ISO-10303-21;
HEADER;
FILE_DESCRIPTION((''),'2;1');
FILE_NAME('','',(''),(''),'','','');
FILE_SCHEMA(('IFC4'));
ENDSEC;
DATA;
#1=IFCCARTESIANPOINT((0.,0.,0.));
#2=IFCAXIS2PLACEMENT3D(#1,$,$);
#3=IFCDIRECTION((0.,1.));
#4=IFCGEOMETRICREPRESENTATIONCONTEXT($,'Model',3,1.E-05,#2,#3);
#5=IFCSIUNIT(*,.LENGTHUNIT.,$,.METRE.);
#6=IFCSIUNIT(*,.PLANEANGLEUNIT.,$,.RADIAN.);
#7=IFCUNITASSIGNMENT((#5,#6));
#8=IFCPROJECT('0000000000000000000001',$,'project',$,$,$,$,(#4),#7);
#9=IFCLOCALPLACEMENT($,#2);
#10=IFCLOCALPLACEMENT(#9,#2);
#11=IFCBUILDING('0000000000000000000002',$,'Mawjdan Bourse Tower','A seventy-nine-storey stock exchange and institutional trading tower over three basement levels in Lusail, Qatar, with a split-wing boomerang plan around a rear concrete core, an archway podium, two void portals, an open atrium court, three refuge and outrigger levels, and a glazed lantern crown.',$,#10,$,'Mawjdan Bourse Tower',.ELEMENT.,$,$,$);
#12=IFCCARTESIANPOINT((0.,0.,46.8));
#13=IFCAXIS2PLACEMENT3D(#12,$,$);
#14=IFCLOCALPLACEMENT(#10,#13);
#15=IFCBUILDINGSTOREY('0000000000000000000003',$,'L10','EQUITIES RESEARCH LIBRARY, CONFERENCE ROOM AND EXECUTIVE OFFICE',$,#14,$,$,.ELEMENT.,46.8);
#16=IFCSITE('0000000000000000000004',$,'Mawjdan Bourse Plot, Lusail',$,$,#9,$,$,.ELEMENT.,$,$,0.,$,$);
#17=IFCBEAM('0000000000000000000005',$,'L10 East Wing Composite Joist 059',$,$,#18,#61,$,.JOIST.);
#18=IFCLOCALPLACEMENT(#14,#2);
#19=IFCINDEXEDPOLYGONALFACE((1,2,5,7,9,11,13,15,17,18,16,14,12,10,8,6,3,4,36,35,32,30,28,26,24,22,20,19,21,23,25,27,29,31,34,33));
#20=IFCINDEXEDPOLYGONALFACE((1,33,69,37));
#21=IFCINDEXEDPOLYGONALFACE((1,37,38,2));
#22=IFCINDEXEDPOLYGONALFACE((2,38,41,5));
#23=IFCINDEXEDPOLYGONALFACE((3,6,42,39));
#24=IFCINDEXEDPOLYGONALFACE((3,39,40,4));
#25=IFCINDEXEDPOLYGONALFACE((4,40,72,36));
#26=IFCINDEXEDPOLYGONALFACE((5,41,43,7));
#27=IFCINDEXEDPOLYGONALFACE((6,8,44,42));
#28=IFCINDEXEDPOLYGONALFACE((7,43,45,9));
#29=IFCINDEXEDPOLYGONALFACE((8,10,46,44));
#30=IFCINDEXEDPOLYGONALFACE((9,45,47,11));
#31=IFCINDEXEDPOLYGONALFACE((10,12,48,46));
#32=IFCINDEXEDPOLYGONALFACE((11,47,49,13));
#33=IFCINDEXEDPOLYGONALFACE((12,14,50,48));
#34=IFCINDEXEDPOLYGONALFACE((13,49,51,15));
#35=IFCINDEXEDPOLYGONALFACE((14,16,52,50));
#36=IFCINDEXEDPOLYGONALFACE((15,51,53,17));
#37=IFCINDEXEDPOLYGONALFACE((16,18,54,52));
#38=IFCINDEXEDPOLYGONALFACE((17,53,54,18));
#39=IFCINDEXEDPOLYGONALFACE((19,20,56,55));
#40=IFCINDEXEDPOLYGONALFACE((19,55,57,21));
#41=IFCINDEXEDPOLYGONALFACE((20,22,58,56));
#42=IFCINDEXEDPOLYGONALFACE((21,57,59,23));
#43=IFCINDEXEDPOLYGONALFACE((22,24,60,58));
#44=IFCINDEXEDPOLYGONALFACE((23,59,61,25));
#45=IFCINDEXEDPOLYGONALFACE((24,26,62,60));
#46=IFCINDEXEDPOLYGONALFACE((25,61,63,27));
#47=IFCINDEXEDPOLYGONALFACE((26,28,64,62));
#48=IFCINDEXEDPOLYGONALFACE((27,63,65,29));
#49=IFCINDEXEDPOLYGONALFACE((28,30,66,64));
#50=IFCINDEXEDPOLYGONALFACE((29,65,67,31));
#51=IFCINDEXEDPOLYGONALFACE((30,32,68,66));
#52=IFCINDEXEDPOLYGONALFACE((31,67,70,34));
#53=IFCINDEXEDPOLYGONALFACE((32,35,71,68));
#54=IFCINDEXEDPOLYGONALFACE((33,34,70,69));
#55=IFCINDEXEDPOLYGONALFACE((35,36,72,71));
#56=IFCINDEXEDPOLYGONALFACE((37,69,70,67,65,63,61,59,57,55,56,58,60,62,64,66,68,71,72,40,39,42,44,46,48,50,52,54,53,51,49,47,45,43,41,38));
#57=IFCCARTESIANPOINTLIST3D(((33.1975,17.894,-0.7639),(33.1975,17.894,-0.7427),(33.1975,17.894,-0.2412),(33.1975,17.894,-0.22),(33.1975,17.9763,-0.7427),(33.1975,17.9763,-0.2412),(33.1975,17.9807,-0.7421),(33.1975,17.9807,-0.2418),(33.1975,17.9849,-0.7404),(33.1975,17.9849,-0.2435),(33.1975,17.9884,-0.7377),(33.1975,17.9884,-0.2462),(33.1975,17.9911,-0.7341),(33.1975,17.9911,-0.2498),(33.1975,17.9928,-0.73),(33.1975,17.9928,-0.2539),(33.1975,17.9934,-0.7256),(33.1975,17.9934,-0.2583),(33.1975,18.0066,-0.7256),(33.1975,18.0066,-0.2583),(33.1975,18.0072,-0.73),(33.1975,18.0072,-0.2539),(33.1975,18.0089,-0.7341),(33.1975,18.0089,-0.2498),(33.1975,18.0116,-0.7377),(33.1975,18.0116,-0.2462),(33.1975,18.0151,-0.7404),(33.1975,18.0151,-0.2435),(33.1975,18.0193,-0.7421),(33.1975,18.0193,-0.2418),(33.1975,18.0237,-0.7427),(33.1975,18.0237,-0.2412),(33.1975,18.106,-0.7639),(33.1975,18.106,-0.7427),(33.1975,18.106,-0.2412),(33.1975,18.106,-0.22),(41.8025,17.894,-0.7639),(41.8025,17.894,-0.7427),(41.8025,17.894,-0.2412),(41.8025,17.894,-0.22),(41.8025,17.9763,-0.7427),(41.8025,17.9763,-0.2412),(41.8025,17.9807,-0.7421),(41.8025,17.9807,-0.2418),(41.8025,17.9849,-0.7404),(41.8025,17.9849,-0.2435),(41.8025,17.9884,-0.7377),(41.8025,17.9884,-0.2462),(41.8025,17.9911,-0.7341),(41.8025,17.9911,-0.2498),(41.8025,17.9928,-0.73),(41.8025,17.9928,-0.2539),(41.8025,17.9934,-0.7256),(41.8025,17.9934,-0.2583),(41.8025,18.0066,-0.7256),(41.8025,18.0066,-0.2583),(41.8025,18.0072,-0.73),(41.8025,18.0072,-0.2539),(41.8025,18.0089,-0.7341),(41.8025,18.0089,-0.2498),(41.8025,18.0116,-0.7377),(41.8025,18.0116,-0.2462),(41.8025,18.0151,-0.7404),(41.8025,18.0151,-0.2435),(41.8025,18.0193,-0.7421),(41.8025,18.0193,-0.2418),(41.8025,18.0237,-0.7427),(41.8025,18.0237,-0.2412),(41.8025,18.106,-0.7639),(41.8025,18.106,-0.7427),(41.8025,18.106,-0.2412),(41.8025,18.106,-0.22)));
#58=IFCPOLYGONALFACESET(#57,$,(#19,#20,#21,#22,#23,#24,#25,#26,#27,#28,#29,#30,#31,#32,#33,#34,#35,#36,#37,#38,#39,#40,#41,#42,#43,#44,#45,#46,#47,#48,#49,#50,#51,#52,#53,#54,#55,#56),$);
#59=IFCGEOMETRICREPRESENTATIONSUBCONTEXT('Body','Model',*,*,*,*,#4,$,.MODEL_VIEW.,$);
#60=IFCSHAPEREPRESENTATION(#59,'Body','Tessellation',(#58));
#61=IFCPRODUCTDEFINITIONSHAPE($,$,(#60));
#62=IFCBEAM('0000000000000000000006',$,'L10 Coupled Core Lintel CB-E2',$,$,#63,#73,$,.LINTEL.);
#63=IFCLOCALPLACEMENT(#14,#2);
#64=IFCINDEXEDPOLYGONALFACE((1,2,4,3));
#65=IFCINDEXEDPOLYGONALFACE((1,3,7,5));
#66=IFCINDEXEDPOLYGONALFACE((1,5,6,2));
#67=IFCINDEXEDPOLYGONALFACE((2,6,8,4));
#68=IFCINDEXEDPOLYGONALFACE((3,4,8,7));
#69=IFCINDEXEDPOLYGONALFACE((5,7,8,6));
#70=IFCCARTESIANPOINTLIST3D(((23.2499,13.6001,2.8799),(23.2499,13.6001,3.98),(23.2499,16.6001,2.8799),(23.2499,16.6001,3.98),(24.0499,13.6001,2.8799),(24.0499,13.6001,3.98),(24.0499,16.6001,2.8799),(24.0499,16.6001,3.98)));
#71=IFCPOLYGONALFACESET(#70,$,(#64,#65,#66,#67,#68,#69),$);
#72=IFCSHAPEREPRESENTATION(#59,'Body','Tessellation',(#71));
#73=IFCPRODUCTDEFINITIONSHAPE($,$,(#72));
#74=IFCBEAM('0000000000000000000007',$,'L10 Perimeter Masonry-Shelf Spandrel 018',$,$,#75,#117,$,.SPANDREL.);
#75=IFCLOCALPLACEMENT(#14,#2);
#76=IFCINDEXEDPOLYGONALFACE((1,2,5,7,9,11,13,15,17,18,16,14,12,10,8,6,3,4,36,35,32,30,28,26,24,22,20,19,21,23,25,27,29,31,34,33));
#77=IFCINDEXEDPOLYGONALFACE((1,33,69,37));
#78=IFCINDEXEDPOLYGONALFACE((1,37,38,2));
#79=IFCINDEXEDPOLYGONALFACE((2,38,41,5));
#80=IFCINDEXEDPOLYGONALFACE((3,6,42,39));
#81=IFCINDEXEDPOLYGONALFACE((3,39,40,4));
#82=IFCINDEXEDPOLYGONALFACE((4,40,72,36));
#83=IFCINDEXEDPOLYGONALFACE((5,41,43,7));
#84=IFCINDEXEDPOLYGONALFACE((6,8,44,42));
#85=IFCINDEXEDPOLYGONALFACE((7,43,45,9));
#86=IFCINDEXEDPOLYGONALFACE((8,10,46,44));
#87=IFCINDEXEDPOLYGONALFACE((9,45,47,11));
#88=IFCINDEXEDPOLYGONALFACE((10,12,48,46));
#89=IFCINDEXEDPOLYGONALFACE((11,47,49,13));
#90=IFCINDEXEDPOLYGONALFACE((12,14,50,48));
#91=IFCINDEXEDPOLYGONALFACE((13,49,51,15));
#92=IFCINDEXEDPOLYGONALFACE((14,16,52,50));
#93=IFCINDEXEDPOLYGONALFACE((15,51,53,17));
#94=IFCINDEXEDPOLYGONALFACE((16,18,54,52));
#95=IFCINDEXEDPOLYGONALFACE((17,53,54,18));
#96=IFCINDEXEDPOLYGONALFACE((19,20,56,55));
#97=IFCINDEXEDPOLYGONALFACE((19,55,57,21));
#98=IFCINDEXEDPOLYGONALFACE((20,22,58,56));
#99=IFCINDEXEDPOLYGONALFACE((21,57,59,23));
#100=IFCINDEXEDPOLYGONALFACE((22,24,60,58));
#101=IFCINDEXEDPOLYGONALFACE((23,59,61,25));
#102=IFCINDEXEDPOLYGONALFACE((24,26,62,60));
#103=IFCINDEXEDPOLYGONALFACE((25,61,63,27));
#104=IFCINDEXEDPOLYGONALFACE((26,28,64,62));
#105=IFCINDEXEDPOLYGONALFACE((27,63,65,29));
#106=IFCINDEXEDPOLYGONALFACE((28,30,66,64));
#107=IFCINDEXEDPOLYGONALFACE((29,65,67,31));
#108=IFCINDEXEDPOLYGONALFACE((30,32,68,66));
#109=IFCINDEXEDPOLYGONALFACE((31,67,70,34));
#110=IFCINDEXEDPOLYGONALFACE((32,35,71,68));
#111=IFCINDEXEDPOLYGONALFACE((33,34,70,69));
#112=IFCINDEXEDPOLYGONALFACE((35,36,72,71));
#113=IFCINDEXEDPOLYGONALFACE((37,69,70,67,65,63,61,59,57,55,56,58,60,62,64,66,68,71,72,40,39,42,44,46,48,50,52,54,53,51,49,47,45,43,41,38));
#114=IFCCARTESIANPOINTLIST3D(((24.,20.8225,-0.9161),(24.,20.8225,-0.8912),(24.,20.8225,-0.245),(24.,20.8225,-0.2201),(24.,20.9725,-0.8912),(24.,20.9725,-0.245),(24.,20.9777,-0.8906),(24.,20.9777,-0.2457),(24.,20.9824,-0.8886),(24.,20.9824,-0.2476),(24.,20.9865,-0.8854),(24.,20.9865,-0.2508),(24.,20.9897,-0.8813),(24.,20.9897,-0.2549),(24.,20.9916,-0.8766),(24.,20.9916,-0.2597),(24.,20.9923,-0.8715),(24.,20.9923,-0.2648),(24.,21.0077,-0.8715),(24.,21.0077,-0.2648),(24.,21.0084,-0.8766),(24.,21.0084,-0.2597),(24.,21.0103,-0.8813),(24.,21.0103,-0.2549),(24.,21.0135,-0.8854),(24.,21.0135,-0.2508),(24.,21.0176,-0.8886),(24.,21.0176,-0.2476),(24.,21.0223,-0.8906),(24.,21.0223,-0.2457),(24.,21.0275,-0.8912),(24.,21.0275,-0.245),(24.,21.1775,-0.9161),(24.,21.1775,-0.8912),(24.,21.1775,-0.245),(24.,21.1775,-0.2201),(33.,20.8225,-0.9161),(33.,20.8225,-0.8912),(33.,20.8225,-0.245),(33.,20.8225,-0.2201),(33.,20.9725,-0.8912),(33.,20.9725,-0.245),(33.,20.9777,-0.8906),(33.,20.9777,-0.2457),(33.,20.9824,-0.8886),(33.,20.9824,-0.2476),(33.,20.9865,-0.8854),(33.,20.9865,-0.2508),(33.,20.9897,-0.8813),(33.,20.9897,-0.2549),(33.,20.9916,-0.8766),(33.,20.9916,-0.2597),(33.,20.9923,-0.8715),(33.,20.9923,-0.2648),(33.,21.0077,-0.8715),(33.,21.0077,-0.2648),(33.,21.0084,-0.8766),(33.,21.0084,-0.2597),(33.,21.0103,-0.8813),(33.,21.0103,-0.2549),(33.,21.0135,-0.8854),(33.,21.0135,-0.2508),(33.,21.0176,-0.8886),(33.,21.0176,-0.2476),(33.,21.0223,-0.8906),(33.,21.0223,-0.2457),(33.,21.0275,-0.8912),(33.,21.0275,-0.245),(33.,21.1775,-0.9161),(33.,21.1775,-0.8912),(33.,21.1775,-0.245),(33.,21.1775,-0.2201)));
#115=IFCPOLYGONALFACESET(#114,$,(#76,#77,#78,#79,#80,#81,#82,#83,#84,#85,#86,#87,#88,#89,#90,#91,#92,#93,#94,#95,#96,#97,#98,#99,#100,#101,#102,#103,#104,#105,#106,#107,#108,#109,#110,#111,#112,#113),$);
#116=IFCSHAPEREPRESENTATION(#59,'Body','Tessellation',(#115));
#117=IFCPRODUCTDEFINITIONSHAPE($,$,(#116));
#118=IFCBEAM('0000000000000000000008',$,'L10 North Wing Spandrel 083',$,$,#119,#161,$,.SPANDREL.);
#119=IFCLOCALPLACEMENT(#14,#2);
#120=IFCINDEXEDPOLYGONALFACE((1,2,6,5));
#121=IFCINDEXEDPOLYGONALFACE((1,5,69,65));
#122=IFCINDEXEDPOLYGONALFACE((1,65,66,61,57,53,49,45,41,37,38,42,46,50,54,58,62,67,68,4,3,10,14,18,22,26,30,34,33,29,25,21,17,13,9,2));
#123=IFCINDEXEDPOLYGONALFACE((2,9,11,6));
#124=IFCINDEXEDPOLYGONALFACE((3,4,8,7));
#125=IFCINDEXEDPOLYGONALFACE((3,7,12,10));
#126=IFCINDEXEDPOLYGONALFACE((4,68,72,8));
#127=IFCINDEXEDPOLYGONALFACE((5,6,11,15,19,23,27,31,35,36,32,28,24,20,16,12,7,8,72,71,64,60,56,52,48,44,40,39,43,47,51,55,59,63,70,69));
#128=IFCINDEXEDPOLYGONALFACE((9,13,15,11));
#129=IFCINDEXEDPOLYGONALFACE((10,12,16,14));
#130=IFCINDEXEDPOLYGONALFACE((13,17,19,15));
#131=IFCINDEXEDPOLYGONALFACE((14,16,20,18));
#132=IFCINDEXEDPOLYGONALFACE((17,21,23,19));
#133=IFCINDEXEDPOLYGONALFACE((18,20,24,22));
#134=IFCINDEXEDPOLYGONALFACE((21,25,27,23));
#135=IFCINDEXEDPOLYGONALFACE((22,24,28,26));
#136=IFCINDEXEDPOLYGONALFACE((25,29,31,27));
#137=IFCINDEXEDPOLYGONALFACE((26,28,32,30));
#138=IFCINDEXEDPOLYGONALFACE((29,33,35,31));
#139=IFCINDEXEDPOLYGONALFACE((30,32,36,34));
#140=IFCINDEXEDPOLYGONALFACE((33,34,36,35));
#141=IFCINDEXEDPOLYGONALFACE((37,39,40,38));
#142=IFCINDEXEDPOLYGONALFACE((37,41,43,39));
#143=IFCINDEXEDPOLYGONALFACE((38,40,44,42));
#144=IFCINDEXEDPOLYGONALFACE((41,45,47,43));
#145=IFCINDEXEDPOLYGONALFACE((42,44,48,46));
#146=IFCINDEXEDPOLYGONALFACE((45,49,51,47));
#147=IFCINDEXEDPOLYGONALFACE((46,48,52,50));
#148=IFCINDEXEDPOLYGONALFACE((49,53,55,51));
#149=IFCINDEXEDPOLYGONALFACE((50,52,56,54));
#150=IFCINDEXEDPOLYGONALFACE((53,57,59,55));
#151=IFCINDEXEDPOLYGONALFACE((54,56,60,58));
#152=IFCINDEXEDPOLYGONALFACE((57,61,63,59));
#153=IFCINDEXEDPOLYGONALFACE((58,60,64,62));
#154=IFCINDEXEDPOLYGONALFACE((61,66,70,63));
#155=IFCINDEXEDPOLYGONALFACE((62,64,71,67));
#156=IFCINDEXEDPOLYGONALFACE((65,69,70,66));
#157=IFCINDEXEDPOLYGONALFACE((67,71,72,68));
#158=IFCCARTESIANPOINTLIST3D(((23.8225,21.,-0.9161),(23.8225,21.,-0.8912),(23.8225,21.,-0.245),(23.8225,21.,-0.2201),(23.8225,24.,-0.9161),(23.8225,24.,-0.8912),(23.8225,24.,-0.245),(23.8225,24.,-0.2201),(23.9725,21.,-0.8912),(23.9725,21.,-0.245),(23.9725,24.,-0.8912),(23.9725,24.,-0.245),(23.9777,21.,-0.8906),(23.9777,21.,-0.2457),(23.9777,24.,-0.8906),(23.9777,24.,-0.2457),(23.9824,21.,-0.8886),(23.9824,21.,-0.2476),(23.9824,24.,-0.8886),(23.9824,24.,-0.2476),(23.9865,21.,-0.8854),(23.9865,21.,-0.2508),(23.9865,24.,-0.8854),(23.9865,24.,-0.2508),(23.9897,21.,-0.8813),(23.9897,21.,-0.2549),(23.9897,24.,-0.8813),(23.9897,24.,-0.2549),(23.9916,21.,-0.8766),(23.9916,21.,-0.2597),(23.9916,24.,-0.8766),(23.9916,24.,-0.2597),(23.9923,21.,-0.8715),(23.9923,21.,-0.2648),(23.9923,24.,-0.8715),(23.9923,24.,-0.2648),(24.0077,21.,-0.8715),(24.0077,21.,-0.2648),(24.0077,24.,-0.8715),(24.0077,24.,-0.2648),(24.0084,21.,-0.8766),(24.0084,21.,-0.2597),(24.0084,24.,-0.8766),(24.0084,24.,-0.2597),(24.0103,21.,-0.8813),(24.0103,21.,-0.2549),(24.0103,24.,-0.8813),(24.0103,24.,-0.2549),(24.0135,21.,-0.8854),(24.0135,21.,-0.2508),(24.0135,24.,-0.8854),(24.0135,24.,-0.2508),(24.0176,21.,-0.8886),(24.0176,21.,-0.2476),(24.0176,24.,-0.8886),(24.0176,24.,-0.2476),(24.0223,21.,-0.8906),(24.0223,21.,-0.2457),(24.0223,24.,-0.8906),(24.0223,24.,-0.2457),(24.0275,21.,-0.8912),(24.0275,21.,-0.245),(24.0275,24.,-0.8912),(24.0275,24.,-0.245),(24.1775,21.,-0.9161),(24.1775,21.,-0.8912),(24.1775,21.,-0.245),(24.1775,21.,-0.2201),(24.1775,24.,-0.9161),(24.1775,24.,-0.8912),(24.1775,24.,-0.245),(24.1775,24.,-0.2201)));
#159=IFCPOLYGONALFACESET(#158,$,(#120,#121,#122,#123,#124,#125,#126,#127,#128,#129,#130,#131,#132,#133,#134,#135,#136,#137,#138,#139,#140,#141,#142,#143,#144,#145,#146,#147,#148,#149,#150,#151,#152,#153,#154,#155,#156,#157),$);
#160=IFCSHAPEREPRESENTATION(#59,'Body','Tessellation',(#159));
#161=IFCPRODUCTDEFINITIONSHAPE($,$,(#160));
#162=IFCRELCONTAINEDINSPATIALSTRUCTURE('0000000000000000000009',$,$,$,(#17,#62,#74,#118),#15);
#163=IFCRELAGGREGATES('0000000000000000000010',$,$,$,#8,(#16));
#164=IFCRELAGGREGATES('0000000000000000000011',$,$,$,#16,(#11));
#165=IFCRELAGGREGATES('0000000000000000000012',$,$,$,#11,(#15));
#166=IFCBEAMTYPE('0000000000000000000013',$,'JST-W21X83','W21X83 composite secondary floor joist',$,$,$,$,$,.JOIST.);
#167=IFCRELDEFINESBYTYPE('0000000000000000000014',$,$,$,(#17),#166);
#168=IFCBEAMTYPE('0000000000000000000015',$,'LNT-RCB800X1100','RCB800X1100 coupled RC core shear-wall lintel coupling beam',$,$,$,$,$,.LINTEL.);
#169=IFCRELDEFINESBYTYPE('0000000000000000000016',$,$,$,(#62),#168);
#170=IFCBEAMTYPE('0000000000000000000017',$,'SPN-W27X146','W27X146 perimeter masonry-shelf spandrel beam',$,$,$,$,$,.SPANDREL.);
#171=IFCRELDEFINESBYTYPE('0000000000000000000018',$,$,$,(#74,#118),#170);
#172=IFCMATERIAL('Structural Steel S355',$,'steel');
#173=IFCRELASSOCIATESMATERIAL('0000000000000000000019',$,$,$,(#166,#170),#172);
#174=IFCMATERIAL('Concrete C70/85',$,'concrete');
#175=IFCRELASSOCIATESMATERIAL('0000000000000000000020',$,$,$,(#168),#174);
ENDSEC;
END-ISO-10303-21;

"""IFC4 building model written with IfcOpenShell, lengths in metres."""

from ifc_helpers import new_model, si_unit, direction, frame, origin, origin_2d, place, context, subcontext, project, spatial, rectangle, i_section, extrude, material, material_profile, profile_set, type_object, element, save


model = new_model("IFC4")

# Units and contexts
model_context = context("Model", 3, precision=1e-05, world=origin(), true_north=direction((0.0, 1.0)))
body_context = subcontext(model_context, "Body", "Model", "MODEL_VIEW")
ifc_project = project(units=[si_unit("LENGTHUNIT", "METRE"), si_unit("PLANEANGLEUNIT", "RADIAN")], contexts=[model_context])

# Site, building, storey
site_placement = place(None, origin())
site = spatial("IfcSite", under=ifc_project, at=site_placement, Name="Mawjdan Bourse Plot, Lusail", CompositionType="ELEMENT", RefElevation=0.0)
building_placement = place(site_placement, origin())
building = spatial("IfcBuilding", under=site, at=building_placement, Name="Mawjdan Bourse Tower", Description="A seventy-nine-storey stock exchange and institutional trading tower over three basement levels in Lusail, Qatar, with a split-wing boomerang plan around a rear concrete core, an archway podium, two void portals, an open atrium court, three refuge and outrigger levels, and a glazed lantern crown.", LongName="Mawjdan Bourse Tower", CompositionType="ELEMENT")
storey_placement = place(building_placement, frame((0.0, 0.0, 46.8)))
storey = spatial("IfcBuildingStorey", under=building, at=storey_placement, Name="L10", Description="EQUITIES RESEARCH LIBRARY, CONFERENCE ROOM AND EXECUTIVE OFFICE", CompositionType="ELEMENT", Elevation=46.8)

# Beams
ifc_material_1 = material(Name="Structural Steel S355", Category="steel")
ifc_material_profile_1 = material_profile(ifc_material_1, i_section(OverallWidth=0.2119, OverallDepth=0.5439, WebThickness=0.0132, FlangeThickness=0.0212, FilletRadius=0.0171, at=origin_2d()), Name="W21X83")
ifc_profile_set_1 = profile_set([ifc_material_profile_1], Name="Structural Steel S355")
beam_type_1 = type_object("IfcBeamType", Name="JST-W21X83", Description="W21X83 composite secondary floor joist", PredefinedType="JOIST", material=ifc_profile_set_1)
beam_1_placement = place(storey_placement, frame((33.1975, 18.0, -0.4919), z_axis=(1.0, 0.0, 0.0), x_axis=(0.0, 1.0, 0.0)))
element("IfcBeam", 1, at=beam_1_placement, inside=storey, type_object=beam_type_1, Name="L10 East Wing Composite Joist 059", PredefinedType="JOIST", context=body_context, shape_type="SweptSolid", body=[
    extrude(i_section(OverallWidth=0.2119, OverallDepth=0.5439, WebThickness=0.0132, FlangeThickness=0.0212, FilletRadius=0.0171, at=origin_2d()), origin(), (0.0, 0.0, 1.0), 8.605),
])
ifc_material_2 = material(Name="Concrete C70/85", Category="concrete")
ifc_material_profile_2 = material_profile(ifc_material_2, rectangle(XDim=0.8, YDim=1.1001, at=origin_2d()), Name="RCB800X1100")
ifc_profile_set_2 = profile_set([ifc_material_profile_2], Name="Concrete C70/85")
beam_type_2 = type_object("IfcBeamType", Name="LNT-RCB800X1100", Description="RCB800X1100 coupled RC core shear-wall lintel coupling beam", PredefinedType="LINTEL", material=ifc_profile_set_2)
beam_2_placement = place(storey_placement, frame((23.6499, 13.6001, 3.4299), z_axis=(0.0, 1.0, 0.0), x_axis=(-1.0, 0.0, 0.0)))
element("IfcBeam", 2, at=beam_2_placement, inside=storey, type_object=beam_type_2, Name="L10 Coupled Core Lintel CB-E2", PredefinedType="LINTEL", context=body_context, shape_type="SweptSolid", body=[
    extrude(rectangle(XDim=0.8, YDim=1.1001, at=origin_2d()), origin(), (0.0, 0.0, 1.0), 3.0),
])
ifc_material_profile_3 = material_profile(ifc_material_1, i_section(OverallWidth=0.355, OverallDepth=0.696, WebThickness=0.0154, FlangeThickness=0.0249, FilletRadius=0.0198, at=origin_2d()), Name="W27X146")
ifc_profile_set_3 = profile_set([ifc_material_profile_3], Name="Structural Steel S355")
beam_type_3 = type_object("IfcBeamType", Name="SPN-W27X146", Description="W27X146 perimeter masonry-shelf spandrel beam", PredefinedType="SPANDREL", material=ifc_profile_set_3)
beam_3_placement = place(storey_placement, frame((24.0, 21.0, -0.5681), z_axis=(1.0, 0.0, 0.0), x_axis=(0.0, 1.0, 0.0)))
element("IfcBeam", 3, at=beam_3_placement, inside=storey, type_object=beam_type_3, Name="L10 Perimeter Masonry-Shelf Spandrel 018", PredefinedType="SPANDREL", context=body_context, shape_type="SweptSolid", body=[
    extrude(i_section(OverallWidth=0.355, OverallDepth=0.696, WebThickness=0.0154, FlangeThickness=0.0249, FilletRadius=0.0198, at=origin_2d()), origin(), (0.0, 0.0, 1.0), 9.0),
])
beam_4_placement = place(storey_placement, frame((24.0, 21.0, -0.5681), z_axis=(0.0, 1.0, 0.0), x_axis=(-1.0, 0.0, 0.0)))
element("IfcBeam", 4, at=beam_4_placement, inside=storey, type_object=beam_type_3, Name="L10 North Wing Spandrel 083", PredefinedType="SPANDREL", context=body_context, shape_type="SweptSolid", body=[
    extrude(i_section(OverallWidth=0.355, OverallDepth=0.696, WebThickness=0.0154, FlangeThickness=0.0249, FilletRadius=0.0198, at=origin_2d()), origin(), (0.0, 0.0, 1.0), 3.0),
])

save(model, "model.ifc")
